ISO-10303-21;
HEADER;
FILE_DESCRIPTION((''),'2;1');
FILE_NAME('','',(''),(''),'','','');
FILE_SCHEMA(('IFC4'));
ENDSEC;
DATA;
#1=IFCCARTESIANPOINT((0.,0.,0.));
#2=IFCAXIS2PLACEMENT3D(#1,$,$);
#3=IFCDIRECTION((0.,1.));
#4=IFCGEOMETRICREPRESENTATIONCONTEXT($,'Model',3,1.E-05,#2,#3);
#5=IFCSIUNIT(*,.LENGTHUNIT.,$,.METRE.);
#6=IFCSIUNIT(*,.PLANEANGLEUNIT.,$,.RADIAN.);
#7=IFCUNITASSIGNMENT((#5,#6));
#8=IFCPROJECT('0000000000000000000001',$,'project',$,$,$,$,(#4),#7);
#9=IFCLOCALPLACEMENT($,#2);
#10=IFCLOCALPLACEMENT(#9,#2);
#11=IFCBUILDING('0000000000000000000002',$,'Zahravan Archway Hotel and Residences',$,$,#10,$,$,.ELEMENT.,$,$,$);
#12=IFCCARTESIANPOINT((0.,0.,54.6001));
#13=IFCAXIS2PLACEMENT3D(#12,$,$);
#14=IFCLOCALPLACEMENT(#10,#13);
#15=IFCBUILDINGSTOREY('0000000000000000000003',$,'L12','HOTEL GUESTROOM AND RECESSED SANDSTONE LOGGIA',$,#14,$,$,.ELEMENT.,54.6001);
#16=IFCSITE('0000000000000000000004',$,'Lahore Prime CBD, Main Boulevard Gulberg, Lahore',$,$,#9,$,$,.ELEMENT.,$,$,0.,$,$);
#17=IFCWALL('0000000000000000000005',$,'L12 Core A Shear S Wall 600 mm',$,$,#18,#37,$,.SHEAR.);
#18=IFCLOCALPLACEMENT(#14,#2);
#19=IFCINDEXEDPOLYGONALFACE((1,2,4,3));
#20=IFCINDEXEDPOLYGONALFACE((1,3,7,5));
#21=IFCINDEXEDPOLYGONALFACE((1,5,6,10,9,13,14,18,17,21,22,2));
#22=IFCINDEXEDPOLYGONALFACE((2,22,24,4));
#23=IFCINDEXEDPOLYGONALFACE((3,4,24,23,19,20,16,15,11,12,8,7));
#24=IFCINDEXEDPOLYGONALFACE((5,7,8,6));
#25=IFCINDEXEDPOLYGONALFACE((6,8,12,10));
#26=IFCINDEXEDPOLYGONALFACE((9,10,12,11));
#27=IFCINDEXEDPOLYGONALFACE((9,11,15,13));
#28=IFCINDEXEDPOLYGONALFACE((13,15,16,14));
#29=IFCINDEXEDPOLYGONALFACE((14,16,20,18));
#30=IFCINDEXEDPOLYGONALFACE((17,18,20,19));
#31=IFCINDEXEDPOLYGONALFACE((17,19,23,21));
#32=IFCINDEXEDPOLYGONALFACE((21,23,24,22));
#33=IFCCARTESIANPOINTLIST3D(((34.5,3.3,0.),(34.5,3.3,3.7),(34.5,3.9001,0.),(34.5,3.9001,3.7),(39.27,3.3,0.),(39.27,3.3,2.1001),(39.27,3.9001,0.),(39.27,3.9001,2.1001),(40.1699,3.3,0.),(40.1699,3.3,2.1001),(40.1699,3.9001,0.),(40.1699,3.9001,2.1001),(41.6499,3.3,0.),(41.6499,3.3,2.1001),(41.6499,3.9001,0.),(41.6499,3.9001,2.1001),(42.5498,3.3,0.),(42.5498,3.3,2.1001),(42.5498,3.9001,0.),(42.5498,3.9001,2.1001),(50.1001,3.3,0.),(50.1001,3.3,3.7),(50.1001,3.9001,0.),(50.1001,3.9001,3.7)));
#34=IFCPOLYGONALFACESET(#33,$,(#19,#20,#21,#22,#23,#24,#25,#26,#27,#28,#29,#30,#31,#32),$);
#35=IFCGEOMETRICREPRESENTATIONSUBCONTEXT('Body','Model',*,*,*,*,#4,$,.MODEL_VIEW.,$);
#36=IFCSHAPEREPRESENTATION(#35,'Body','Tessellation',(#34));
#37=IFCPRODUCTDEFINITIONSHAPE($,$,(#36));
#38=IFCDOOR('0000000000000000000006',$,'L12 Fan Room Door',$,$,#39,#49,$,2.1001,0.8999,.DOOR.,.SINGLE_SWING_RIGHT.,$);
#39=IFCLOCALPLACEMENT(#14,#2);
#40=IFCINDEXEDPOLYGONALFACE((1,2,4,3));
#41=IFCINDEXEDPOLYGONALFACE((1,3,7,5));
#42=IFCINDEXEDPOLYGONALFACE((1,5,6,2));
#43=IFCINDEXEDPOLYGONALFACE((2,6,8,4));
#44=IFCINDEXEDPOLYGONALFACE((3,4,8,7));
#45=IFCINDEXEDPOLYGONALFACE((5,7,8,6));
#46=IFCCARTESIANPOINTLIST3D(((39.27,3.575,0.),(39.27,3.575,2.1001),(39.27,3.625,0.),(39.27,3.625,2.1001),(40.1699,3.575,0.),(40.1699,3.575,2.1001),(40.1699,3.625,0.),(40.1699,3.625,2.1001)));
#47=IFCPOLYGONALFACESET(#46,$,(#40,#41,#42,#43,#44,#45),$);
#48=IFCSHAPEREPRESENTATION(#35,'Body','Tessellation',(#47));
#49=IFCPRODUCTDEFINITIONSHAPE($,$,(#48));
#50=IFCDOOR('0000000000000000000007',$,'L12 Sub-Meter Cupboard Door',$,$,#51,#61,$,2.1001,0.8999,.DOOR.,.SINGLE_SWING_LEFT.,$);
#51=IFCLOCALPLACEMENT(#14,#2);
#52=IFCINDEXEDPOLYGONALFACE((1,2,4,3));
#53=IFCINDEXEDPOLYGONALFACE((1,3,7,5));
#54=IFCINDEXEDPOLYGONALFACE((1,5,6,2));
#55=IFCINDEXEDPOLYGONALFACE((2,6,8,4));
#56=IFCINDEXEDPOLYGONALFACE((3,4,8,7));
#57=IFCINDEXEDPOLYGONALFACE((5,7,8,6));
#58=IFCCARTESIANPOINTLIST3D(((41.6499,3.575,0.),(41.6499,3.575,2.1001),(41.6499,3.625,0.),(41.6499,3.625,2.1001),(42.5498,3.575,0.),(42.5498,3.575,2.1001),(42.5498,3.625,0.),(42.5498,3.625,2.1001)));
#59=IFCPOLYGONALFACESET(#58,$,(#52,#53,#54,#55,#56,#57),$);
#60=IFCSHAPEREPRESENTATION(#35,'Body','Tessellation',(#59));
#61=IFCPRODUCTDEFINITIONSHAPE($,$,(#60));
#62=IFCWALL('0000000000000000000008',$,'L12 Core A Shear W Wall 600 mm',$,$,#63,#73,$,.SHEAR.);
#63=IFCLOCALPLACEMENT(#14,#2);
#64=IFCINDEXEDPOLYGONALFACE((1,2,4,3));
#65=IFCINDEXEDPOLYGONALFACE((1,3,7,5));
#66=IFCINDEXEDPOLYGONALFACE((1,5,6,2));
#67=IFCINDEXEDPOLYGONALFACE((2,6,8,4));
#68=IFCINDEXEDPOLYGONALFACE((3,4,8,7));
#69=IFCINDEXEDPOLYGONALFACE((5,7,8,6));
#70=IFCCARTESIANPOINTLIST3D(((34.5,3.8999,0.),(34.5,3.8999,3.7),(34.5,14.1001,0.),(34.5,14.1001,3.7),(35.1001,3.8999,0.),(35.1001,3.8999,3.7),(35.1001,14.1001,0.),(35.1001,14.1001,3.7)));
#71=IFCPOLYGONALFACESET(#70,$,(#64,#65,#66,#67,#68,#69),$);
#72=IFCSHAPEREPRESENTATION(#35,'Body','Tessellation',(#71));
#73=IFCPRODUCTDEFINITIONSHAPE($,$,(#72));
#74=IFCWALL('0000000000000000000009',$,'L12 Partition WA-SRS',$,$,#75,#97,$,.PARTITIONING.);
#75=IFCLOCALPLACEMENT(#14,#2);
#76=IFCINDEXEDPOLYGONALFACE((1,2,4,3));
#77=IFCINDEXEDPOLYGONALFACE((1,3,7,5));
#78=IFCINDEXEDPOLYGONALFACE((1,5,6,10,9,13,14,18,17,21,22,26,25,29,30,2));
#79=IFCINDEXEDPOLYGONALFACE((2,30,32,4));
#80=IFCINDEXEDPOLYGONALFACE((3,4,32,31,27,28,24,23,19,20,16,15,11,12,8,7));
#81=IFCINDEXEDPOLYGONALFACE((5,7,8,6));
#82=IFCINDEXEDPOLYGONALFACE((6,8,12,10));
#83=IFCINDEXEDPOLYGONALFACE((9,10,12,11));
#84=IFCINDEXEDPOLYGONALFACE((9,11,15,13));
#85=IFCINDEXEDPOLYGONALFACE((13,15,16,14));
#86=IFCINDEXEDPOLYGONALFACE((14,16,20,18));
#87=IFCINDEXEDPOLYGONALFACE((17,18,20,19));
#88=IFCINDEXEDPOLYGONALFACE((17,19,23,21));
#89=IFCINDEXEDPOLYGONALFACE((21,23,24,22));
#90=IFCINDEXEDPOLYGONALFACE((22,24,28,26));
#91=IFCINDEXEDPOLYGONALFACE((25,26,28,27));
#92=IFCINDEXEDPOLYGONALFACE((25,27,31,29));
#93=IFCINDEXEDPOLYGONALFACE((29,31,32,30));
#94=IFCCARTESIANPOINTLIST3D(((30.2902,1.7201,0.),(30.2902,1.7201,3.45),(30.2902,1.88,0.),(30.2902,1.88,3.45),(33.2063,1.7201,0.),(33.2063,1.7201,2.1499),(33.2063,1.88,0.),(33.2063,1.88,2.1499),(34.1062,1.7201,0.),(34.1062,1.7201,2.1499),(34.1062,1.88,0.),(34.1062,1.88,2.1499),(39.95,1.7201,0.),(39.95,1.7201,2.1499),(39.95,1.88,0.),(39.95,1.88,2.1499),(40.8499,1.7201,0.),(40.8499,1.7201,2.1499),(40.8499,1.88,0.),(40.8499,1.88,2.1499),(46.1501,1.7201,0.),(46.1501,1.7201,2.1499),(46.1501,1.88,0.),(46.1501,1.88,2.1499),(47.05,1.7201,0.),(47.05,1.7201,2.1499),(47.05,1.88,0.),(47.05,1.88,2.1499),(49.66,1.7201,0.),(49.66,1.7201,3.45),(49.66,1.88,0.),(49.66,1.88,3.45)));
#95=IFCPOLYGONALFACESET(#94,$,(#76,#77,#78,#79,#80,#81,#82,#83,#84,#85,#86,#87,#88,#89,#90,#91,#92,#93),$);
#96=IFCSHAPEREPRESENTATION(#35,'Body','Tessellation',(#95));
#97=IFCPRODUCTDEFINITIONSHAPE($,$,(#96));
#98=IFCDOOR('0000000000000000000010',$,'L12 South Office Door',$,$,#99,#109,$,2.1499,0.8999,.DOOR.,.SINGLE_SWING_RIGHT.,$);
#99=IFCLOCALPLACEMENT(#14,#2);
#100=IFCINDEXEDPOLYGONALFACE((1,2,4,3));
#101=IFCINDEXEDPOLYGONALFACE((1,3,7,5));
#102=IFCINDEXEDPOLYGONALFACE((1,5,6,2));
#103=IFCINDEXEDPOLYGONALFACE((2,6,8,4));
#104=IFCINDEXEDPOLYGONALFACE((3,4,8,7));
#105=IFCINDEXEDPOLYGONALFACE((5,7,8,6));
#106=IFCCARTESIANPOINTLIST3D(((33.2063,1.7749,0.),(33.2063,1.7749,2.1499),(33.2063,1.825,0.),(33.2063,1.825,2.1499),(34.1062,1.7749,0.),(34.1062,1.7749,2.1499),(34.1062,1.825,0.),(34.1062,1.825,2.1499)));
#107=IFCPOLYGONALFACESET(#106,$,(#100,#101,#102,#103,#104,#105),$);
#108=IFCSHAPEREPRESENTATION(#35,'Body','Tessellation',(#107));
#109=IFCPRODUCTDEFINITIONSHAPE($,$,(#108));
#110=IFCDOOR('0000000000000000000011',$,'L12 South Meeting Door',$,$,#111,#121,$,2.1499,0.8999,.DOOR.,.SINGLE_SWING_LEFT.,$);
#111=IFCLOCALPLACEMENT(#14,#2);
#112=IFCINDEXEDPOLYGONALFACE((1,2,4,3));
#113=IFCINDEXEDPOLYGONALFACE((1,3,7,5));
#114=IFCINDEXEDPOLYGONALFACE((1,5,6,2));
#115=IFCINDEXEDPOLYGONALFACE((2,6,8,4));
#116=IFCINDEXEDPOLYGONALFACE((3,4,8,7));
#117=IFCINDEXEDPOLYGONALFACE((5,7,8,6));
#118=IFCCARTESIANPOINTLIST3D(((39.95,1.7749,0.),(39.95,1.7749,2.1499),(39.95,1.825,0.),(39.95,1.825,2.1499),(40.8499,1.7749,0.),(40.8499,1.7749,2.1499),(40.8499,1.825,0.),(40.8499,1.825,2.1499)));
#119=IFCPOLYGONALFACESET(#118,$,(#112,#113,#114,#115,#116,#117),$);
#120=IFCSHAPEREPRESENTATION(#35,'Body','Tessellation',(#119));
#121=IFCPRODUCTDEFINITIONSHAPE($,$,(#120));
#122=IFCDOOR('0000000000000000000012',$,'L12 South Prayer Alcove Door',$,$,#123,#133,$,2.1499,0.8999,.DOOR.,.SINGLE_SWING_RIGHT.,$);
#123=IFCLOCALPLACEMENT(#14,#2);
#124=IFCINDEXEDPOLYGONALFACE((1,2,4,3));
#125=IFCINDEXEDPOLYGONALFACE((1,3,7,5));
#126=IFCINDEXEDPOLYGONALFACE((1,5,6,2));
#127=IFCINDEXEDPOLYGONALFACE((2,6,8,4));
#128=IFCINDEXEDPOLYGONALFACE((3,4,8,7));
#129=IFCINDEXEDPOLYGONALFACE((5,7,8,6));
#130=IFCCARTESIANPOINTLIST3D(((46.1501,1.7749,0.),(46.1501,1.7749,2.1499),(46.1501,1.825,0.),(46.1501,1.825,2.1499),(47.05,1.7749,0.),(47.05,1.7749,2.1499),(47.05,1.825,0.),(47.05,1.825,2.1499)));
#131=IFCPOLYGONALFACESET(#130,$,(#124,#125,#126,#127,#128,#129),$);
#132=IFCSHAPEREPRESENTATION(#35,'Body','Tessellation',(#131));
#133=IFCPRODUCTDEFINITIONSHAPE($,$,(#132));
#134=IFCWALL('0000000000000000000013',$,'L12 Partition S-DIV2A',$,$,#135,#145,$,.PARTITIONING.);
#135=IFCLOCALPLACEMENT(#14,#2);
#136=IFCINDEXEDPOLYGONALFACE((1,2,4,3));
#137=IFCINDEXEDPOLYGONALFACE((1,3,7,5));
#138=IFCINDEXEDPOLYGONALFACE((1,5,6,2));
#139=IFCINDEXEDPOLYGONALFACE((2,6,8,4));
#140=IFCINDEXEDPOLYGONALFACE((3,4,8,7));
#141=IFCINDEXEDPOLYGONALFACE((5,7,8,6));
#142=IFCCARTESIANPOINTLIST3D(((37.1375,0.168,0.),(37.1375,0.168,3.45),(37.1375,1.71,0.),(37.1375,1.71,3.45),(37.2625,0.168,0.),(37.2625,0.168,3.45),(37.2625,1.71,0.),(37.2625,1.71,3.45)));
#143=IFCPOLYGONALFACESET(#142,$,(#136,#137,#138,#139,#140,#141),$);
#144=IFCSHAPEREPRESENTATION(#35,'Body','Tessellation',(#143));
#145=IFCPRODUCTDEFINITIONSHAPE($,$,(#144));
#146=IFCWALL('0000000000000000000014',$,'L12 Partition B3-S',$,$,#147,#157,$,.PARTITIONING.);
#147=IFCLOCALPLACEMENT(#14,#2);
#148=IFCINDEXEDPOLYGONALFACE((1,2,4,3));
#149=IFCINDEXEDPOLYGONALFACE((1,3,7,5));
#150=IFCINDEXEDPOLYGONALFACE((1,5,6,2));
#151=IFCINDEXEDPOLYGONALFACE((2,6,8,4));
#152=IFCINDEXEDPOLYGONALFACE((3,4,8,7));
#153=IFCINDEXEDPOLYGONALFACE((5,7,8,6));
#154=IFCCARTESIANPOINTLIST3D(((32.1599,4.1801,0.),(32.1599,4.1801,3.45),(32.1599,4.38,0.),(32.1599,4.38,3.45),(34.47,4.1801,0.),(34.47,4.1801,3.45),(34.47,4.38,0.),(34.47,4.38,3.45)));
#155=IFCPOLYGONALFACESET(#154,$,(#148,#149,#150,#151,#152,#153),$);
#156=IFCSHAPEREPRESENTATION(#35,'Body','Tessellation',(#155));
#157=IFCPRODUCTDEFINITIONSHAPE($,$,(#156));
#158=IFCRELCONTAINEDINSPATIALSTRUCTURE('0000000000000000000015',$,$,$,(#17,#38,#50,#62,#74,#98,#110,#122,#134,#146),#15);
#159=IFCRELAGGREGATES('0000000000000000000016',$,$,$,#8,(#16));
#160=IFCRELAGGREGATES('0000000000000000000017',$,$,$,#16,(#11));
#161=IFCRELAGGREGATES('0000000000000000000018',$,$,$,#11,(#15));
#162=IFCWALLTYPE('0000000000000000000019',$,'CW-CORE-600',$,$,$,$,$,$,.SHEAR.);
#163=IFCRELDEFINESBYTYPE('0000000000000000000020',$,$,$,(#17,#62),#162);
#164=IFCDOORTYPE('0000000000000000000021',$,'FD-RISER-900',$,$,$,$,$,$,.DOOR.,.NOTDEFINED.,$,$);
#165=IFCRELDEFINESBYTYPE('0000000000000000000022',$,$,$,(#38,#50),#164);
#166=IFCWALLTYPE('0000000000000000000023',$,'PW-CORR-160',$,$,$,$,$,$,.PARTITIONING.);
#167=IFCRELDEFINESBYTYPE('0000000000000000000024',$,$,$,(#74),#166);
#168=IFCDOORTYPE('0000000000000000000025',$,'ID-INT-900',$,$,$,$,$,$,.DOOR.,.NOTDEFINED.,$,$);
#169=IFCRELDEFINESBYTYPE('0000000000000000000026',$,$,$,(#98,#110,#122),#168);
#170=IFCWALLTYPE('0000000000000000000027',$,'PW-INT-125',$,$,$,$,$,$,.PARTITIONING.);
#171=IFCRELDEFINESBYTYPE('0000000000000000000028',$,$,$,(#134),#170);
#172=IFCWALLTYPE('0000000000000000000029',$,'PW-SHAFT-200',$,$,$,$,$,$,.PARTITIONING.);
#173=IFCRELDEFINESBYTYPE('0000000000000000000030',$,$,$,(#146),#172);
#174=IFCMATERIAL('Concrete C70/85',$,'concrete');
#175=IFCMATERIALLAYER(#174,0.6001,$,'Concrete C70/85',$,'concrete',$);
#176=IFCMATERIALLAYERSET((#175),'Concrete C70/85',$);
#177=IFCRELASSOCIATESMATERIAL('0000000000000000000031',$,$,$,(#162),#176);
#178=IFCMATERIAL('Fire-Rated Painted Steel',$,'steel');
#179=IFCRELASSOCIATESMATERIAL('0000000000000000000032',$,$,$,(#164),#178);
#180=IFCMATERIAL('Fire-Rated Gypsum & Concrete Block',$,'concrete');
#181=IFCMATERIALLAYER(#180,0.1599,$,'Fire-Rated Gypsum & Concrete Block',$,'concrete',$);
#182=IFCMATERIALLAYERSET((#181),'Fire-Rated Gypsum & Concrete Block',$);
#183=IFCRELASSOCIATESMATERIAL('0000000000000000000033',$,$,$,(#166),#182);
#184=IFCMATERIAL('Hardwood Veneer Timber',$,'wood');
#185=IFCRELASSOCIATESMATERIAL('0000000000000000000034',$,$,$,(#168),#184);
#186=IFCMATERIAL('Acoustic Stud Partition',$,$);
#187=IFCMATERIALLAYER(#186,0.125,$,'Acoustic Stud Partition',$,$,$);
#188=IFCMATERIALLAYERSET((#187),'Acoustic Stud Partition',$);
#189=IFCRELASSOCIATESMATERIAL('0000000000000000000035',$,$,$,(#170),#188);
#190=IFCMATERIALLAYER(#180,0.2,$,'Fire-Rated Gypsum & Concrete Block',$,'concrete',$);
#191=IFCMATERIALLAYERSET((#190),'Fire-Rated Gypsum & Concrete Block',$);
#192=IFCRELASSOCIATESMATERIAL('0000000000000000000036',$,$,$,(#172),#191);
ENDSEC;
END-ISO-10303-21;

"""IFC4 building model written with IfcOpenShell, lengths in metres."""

from ifc_helpers import new_model, si_unit, direction, frame, frame_2d, origin, place, context, subcontext, project, spatial, rectangle, extrude, source, transform, mapped, material, layer, layer_set, type_object, type_shapes, element, fill, save


model = new_model("IFC4")

# Units and contexts
model_context = context("Model", 3, precision=1e-05, world=origin(), true_north=direction((0.0, 1.0)))
body_context = subcontext(model_context, "Body", "Model", "MODEL_VIEW")
ifc_project = project(units=[si_unit("LENGTHUNIT", "METRE"), si_unit("PLANEANGLEUNIT", "RADIAN")], contexts=[model_context])

# Site, building, storey
site_placement = place(None, origin())
site = spatial("IfcSite", under=ifc_project, at=site_placement, Name="Lahore Prime CBD, Main Boulevard Gulberg, Lahore", CompositionType="ELEMENT", RefElevation=0.0)
building_placement = place(site_placement, origin())
building = spatial("IfcBuilding", under=site, at=building_placement, Name="Zahravan Archway Hotel and Residences", CompositionType="ELEMENT")
storey_placement = place(building_placement, frame((0.0, 0.0, 54.6001)))
storey = spatial("IfcBuildingStorey", under=building, at=storey_placement, Name="L12", Description="HOTEL GUESTROOM AND RECESSED SANDSTONE LOGGIA", CompositionType="ELEMENT", Elevation=54.6001)

# Shared definitions
ifc_material_1 = material(Name="Concrete C70/85", Category="concrete")

# Wall, openings, doors
ifc_layer_1 = layer(ifc_material_1, 0.6001, Name="Concrete C70/85", Category="concrete")
ifc_layer_set_1 = layer_set([ifc_layer_1], Name="Concrete C70/85")
wall_type_1 = type_object("IfcWallType", Name="CW-CORE-600", PredefinedType="SHEAR", material=ifc_layer_set_1)
wall_1_placement = place(storey_placement, frame((34.5, 3.6001, 0.0), z_axis=(0.0, 0.0, 1.0), x_axis=(1.0, 0.0, 0.0)))
wall_1 = element("IfcWall", 1, at=wall_1_placement, inside=storey, type_object=wall_type_1, Name="L12 Core A Shear S Wall 600 mm", PredefinedType="SHEAR", context=body_context, shape_type="SweptSolid", body=[
    extrude(rectangle(XDim=15.6001, YDim=0.6001, at=frame_2d((7.8, 0.0))), origin(), (0.0, 0.0, 1.0), 3.7),
])
opening_1_placement = place(wall_1_placement, frame((4.77, 0.0, 0.0)))
opening_1 = element("IfcOpeningElement", 2, at=opening_1_placement, cuts=wall_1, PredefinedType="OPENING", context=body_context, shape_type="SweptSolid", body=[
    extrude(rectangle(XDim=0.8999, YDim=2.1001, at=frame_2d((0.45, 1.05))), frame((0.0, 0.3101, 0.0), z_axis=(0.0, -1.0, 0.0), x_axis=(1.0, 0.0, 0.0)), (0.0, 0.0, 1.0), 0.6201),
])
opening_2_placement = place(wall_1_placement, frame((7.1499, 0.0, 0.0)))
opening_2 = element("IfcOpeningElement", 3, at=opening_2_placement, cuts=wall_1, PredefinedType="OPENING", context=body_context, shape_type="SweptSolid", body=[
    extrude(rectangle(XDim=0.8999, YDim=2.1001, at=frame_2d((0.45, 1.05))), frame((0.0, 0.3101, 0.0), z_axis=(0.0, -1.0, 0.0), x_axis=(1.0, 0.0, 0.0)), (0.0, 0.0, 1.0), 0.6201),
])
ifc_material_2 = material(Name="Fire-Rated Painted Steel", Category="steel")
door_type_1 = type_object("IfcDoorType", Name="FD-RISER-900", OperationType="NOTDEFINED", PredefinedType="DOOR", material=ifc_material_2)
shared_shape_1 = source(origin(), body_context, "Body", "SweptSolid", [
    extrude(rectangle(XDim=0.8999, YDim=2.1001, at=frame_2d((0.45, 1.05))), frame((0.0, 0.0249, 0.0), z_axis=(0.0, -1.0, 0.0), x_axis=(1.0, 0.0, 0.0)), (0.0, 0.0, 1.0), 0.05),
])
type_shapes(door_type_1, [shared_shape_1])
door_1_placement = place(opening_1_placement, origin())
door_1 = element("IfcDoor", 4, at=door_1_placement, inside=storey, type_object=door_type_1, Name="L12 Fan Room Door", OperationType="SINGLE_SWING_RIGHT", OverallHeight=2.1001, OverallWidth=0.8999, PredefinedType="DOOR", context=body_context, shape_type="MappedRepresentation", body=[
    mapped(shared_shape_1, transform((0.0, 0.0, 0.0), scale=1.0)),
])
fill(opening_1, door_1)
door_2_placement = place(opening_2_placement, origin())
door_2 = element("IfcDoor", 5, at=door_2_placement, inside=storey, type_object=door_type_1, Name="L12 Sub-Meter Cupboard Door", OperationType="SINGLE_SWING_LEFT", OverallHeight=2.1001, OverallWidth=0.8999, PredefinedType="DOOR", context=body_context, shape_type="MappedRepresentation", body=[
    mapped(shared_shape_1, transform((0.0, 0.0, 0.0), scale=1.0)),
])
fill(opening_2, door_2)

# Wall
wall_2_placement = place(storey_placement, frame((34.8, 3.8999, 0.0), z_axis=(0.0, 0.0, 1.0), x_axis=(0.0, 1.0, 0.0)))
element("IfcWall", 6, at=wall_2_placement, inside=storey, type_object=wall_type_1, Name="L12 Core A Shear W Wall 600 mm", PredefinedType="SHEAR", context=body_context, shape_type="SweptSolid", body=[
    extrude(rectangle(XDim=10.2002, YDim=0.6001, at=frame_2d((5.1001, 0.0))), origin(), (0.0, 0.0, 1.0), 3.7),
])

# Wall, openings, doors
ifc_material_3 = material(Name="Fire-Rated Gypsum & Concrete Block", Category="concrete")
ifc_layer_2 = layer(ifc_material_3, 0.1599, Name="Fire-Rated Gypsum & Concrete Block", Category="concrete")
ifc_layer_set_2 = layer_set([ifc_layer_2], Name="Fire-Rated Gypsum & Concrete Block")
wall_type_2 = type_object("IfcWallType", Name="PW-CORR-160", PredefinedType="PARTITIONING", material=ifc_layer_set_2)
wall_3_placement = place(storey_placement, frame((30.29, 1.8, 0.0), z_axis=(0.0, 0.0, 1.0), x_axis=(1.0, 0.0, 0.0)))
wall_3 = element("IfcWall", 7, at=wall_3_placement, inside=storey, type_object=wall_type_2, Name="L12 Partition WA-SRS", PredefinedType="PARTITIONING", context=body_context, shape_type="SweptSolid", body=[
    extrude(rectangle(XDim=19.3699, YDim=0.1599, at=frame_2d((9.6851, 0.0))), origin(), (0.0, 0.0, 1.0), 3.45),
])
opening_3_placement = place(wall_3_placement, frame((2.9163, 0.0, 0.0)))
opening_3 = element("IfcOpeningElement", 8, at=opening_3_placement, cuts=wall_3, PredefinedType="OPENING", context=body_context, shape_type="SweptSolid", body=[
    extrude(rectangle(XDim=0.8999, YDim=2.1499, at=frame_2d((0.45, 1.075))), frame((0.0, 0.0898, 0.0), z_axis=(0.0, -1.0, 0.0), x_axis=(1.0, 0.0, 0.0)), (0.0, 0.0, 1.0), 0.1799),
])
opening_4_placement = place(wall_3_placement, frame((9.6599, 0.0, 0.0)))
opening_4 = element("IfcOpeningElement", 9, at=opening_4_placement, cuts=wall_3, PredefinedType="OPENING", context=body_context, shape_type="SweptSolid", body=[
    extrude(rectangle(XDim=0.8999, YDim=2.1499, at=frame_2d((0.45, 1.075))), frame((0.0, 0.0898, 0.0), z_axis=(0.0, -1.0, 0.0), x_axis=(1.0, 0.0, 0.0)), (0.0, 0.0, 1.0), 0.1799),
])
opening_5_placement = place(wall_3_placement, frame((15.8601, 0.0, 0.0)))
opening_5 = element("IfcOpeningElement", 10, at=opening_5_placement, cuts=wall_3, PredefinedType="OPENING", context=body_context, shape_type="SweptSolid", body=[
    extrude(rectangle(XDim=0.8999, YDim=2.1499, at=frame_2d((0.45, 1.075))), frame((0.0, 0.0898, 0.0), z_axis=(0.0, -1.0, 0.0), x_axis=(1.0, 0.0, 0.0)), (0.0, 0.0, 1.0), 0.1799),
])
ifc_material_4 = material(Name="Hardwood Veneer Timber", Category="wood")
door_type_2 = type_object("IfcDoorType", Name="ID-INT-900", OperationType="NOTDEFINED", PredefinedType="DOOR", material=ifc_material_4)
shared_shape_2 = source(origin(), body_context, "Body", "SweptSolid", [
    extrude(rectangle(XDim=0.8999, YDim=2.1499, at=frame_2d((0.45, 1.075))), frame((0.0, 0.0249, 0.0), z_axis=(0.0, -1.0, 0.0), x_axis=(1.0, 0.0, 0.0)), (0.0, 0.0, 1.0), 0.05),
])
type_shapes(door_type_2, [shared_shape_2])
door_3_placement = place(opening_3_placement, origin())
door_3 = element("IfcDoor", 11, at=door_3_placement, inside=storey, type_object=door_type_2, Name="L12 South Office Door", OperationType="SINGLE_SWING_RIGHT", OverallHeight=2.1499, OverallWidth=0.8999, PredefinedType="DOOR", context=body_context, shape_type="MappedRepresentation", body=[
    mapped(shared_shape_2, transform((0.0, 0.0, 0.0), scale=1.0)),
])
fill(opening_3, door_3)
door_4_placement = place(opening_4_placement, origin())
door_4 = element("IfcDoor", 12, at=door_4_placement, inside=storey, type_object=door_type_2, Name="L12 South Meeting Door", OperationType="SINGLE_SWING_LEFT", OverallHeight=2.1499, OverallWidth=0.8999, PredefinedType="DOOR", context=body_context, shape_type="MappedRepresentation", body=[
    mapped(shared_shape_2, transform((0.0, 0.0, 0.0), scale=1.0)),
])
fill(opening_4, door_4)
door_5_placement = place(opening_5_placement, origin())
door_5 = element("IfcDoor", 13, at=door_5_placement, inside=storey, type_object=door_type_2, Name="L12 South Prayer Alcove Door", OperationType="SINGLE_SWING_RIGHT", OverallHeight=2.1499, OverallWidth=0.8999, PredefinedType="DOOR", context=body_context, shape_type="MappedRepresentation", body=[
    mapped(shared_shape_2, transform((0.0, 0.0, 0.0), scale=1.0)),
])
fill(opening_5, door_5)

# Walls
ifc_material_5 = material(Name="Acoustic Stud Partition")
ifc_layer_3 = layer(ifc_material_5, 0.125, Name="Acoustic Stud Partition")
ifc_layer_set_3 = layer_set([ifc_layer_3], Name="Acoustic Stud Partition")
wall_type_3 = type_object("IfcWallType", Name="PW-INT-125", PredefinedType="PARTITIONING", material=ifc_layer_set_3)
wall_4_placement = place(storey_placement, frame((37.2, 0.168, 0.0), z_axis=(0.0, 0.0, 1.0), x_axis=(0.0, 1.0, 0.0)))
element("IfcWall", 14, at=wall_4_placement, inside=storey, type_object=wall_type_3, Name="L12 Partition S-DIV2A", PredefinedType="PARTITIONING", context=body_context, shape_type="SweptSolid", body=[
    extrude(rectangle(XDim=1.542, YDim=0.125, at=frame_2d((0.771, 0.0))), origin(), (0.0, 0.0, 1.0), 3.45),
])
ifc_layer_4 = layer(ifc_material_3, 0.2, Name="Fire-Rated Gypsum & Concrete Block", Category="concrete")
ifc_layer_set_4 = layer_set([ifc_layer_4], Name="Fire-Rated Gypsum & Concrete Block")
wall_type_4 = type_object("IfcWallType", Name="PW-SHAFT-200", PredefinedType="PARTITIONING", material=ifc_layer_set_4)
wall_5_placement = place(storey_placement, frame((32.1599, 4.28, 0.0), z_axis=(0.0, 0.0, 1.0), x_axis=(1.0, 0.0, 0.0)))
element("IfcWall", 15, at=wall_5_placement, inside=storey, type_object=wall_type_4, Name="L12 Partition B3-S", PredefinedType="PARTITIONING", context=body_context, shape_type="SweptSolid", body=[
    extrude(rectangle(XDim=2.3101, YDim=0.2, at=frame_2d((1.155, 0.0))), origin(), (0.0, 0.0, 1.0), 3.45),
])

save(model, "model.ifc")
